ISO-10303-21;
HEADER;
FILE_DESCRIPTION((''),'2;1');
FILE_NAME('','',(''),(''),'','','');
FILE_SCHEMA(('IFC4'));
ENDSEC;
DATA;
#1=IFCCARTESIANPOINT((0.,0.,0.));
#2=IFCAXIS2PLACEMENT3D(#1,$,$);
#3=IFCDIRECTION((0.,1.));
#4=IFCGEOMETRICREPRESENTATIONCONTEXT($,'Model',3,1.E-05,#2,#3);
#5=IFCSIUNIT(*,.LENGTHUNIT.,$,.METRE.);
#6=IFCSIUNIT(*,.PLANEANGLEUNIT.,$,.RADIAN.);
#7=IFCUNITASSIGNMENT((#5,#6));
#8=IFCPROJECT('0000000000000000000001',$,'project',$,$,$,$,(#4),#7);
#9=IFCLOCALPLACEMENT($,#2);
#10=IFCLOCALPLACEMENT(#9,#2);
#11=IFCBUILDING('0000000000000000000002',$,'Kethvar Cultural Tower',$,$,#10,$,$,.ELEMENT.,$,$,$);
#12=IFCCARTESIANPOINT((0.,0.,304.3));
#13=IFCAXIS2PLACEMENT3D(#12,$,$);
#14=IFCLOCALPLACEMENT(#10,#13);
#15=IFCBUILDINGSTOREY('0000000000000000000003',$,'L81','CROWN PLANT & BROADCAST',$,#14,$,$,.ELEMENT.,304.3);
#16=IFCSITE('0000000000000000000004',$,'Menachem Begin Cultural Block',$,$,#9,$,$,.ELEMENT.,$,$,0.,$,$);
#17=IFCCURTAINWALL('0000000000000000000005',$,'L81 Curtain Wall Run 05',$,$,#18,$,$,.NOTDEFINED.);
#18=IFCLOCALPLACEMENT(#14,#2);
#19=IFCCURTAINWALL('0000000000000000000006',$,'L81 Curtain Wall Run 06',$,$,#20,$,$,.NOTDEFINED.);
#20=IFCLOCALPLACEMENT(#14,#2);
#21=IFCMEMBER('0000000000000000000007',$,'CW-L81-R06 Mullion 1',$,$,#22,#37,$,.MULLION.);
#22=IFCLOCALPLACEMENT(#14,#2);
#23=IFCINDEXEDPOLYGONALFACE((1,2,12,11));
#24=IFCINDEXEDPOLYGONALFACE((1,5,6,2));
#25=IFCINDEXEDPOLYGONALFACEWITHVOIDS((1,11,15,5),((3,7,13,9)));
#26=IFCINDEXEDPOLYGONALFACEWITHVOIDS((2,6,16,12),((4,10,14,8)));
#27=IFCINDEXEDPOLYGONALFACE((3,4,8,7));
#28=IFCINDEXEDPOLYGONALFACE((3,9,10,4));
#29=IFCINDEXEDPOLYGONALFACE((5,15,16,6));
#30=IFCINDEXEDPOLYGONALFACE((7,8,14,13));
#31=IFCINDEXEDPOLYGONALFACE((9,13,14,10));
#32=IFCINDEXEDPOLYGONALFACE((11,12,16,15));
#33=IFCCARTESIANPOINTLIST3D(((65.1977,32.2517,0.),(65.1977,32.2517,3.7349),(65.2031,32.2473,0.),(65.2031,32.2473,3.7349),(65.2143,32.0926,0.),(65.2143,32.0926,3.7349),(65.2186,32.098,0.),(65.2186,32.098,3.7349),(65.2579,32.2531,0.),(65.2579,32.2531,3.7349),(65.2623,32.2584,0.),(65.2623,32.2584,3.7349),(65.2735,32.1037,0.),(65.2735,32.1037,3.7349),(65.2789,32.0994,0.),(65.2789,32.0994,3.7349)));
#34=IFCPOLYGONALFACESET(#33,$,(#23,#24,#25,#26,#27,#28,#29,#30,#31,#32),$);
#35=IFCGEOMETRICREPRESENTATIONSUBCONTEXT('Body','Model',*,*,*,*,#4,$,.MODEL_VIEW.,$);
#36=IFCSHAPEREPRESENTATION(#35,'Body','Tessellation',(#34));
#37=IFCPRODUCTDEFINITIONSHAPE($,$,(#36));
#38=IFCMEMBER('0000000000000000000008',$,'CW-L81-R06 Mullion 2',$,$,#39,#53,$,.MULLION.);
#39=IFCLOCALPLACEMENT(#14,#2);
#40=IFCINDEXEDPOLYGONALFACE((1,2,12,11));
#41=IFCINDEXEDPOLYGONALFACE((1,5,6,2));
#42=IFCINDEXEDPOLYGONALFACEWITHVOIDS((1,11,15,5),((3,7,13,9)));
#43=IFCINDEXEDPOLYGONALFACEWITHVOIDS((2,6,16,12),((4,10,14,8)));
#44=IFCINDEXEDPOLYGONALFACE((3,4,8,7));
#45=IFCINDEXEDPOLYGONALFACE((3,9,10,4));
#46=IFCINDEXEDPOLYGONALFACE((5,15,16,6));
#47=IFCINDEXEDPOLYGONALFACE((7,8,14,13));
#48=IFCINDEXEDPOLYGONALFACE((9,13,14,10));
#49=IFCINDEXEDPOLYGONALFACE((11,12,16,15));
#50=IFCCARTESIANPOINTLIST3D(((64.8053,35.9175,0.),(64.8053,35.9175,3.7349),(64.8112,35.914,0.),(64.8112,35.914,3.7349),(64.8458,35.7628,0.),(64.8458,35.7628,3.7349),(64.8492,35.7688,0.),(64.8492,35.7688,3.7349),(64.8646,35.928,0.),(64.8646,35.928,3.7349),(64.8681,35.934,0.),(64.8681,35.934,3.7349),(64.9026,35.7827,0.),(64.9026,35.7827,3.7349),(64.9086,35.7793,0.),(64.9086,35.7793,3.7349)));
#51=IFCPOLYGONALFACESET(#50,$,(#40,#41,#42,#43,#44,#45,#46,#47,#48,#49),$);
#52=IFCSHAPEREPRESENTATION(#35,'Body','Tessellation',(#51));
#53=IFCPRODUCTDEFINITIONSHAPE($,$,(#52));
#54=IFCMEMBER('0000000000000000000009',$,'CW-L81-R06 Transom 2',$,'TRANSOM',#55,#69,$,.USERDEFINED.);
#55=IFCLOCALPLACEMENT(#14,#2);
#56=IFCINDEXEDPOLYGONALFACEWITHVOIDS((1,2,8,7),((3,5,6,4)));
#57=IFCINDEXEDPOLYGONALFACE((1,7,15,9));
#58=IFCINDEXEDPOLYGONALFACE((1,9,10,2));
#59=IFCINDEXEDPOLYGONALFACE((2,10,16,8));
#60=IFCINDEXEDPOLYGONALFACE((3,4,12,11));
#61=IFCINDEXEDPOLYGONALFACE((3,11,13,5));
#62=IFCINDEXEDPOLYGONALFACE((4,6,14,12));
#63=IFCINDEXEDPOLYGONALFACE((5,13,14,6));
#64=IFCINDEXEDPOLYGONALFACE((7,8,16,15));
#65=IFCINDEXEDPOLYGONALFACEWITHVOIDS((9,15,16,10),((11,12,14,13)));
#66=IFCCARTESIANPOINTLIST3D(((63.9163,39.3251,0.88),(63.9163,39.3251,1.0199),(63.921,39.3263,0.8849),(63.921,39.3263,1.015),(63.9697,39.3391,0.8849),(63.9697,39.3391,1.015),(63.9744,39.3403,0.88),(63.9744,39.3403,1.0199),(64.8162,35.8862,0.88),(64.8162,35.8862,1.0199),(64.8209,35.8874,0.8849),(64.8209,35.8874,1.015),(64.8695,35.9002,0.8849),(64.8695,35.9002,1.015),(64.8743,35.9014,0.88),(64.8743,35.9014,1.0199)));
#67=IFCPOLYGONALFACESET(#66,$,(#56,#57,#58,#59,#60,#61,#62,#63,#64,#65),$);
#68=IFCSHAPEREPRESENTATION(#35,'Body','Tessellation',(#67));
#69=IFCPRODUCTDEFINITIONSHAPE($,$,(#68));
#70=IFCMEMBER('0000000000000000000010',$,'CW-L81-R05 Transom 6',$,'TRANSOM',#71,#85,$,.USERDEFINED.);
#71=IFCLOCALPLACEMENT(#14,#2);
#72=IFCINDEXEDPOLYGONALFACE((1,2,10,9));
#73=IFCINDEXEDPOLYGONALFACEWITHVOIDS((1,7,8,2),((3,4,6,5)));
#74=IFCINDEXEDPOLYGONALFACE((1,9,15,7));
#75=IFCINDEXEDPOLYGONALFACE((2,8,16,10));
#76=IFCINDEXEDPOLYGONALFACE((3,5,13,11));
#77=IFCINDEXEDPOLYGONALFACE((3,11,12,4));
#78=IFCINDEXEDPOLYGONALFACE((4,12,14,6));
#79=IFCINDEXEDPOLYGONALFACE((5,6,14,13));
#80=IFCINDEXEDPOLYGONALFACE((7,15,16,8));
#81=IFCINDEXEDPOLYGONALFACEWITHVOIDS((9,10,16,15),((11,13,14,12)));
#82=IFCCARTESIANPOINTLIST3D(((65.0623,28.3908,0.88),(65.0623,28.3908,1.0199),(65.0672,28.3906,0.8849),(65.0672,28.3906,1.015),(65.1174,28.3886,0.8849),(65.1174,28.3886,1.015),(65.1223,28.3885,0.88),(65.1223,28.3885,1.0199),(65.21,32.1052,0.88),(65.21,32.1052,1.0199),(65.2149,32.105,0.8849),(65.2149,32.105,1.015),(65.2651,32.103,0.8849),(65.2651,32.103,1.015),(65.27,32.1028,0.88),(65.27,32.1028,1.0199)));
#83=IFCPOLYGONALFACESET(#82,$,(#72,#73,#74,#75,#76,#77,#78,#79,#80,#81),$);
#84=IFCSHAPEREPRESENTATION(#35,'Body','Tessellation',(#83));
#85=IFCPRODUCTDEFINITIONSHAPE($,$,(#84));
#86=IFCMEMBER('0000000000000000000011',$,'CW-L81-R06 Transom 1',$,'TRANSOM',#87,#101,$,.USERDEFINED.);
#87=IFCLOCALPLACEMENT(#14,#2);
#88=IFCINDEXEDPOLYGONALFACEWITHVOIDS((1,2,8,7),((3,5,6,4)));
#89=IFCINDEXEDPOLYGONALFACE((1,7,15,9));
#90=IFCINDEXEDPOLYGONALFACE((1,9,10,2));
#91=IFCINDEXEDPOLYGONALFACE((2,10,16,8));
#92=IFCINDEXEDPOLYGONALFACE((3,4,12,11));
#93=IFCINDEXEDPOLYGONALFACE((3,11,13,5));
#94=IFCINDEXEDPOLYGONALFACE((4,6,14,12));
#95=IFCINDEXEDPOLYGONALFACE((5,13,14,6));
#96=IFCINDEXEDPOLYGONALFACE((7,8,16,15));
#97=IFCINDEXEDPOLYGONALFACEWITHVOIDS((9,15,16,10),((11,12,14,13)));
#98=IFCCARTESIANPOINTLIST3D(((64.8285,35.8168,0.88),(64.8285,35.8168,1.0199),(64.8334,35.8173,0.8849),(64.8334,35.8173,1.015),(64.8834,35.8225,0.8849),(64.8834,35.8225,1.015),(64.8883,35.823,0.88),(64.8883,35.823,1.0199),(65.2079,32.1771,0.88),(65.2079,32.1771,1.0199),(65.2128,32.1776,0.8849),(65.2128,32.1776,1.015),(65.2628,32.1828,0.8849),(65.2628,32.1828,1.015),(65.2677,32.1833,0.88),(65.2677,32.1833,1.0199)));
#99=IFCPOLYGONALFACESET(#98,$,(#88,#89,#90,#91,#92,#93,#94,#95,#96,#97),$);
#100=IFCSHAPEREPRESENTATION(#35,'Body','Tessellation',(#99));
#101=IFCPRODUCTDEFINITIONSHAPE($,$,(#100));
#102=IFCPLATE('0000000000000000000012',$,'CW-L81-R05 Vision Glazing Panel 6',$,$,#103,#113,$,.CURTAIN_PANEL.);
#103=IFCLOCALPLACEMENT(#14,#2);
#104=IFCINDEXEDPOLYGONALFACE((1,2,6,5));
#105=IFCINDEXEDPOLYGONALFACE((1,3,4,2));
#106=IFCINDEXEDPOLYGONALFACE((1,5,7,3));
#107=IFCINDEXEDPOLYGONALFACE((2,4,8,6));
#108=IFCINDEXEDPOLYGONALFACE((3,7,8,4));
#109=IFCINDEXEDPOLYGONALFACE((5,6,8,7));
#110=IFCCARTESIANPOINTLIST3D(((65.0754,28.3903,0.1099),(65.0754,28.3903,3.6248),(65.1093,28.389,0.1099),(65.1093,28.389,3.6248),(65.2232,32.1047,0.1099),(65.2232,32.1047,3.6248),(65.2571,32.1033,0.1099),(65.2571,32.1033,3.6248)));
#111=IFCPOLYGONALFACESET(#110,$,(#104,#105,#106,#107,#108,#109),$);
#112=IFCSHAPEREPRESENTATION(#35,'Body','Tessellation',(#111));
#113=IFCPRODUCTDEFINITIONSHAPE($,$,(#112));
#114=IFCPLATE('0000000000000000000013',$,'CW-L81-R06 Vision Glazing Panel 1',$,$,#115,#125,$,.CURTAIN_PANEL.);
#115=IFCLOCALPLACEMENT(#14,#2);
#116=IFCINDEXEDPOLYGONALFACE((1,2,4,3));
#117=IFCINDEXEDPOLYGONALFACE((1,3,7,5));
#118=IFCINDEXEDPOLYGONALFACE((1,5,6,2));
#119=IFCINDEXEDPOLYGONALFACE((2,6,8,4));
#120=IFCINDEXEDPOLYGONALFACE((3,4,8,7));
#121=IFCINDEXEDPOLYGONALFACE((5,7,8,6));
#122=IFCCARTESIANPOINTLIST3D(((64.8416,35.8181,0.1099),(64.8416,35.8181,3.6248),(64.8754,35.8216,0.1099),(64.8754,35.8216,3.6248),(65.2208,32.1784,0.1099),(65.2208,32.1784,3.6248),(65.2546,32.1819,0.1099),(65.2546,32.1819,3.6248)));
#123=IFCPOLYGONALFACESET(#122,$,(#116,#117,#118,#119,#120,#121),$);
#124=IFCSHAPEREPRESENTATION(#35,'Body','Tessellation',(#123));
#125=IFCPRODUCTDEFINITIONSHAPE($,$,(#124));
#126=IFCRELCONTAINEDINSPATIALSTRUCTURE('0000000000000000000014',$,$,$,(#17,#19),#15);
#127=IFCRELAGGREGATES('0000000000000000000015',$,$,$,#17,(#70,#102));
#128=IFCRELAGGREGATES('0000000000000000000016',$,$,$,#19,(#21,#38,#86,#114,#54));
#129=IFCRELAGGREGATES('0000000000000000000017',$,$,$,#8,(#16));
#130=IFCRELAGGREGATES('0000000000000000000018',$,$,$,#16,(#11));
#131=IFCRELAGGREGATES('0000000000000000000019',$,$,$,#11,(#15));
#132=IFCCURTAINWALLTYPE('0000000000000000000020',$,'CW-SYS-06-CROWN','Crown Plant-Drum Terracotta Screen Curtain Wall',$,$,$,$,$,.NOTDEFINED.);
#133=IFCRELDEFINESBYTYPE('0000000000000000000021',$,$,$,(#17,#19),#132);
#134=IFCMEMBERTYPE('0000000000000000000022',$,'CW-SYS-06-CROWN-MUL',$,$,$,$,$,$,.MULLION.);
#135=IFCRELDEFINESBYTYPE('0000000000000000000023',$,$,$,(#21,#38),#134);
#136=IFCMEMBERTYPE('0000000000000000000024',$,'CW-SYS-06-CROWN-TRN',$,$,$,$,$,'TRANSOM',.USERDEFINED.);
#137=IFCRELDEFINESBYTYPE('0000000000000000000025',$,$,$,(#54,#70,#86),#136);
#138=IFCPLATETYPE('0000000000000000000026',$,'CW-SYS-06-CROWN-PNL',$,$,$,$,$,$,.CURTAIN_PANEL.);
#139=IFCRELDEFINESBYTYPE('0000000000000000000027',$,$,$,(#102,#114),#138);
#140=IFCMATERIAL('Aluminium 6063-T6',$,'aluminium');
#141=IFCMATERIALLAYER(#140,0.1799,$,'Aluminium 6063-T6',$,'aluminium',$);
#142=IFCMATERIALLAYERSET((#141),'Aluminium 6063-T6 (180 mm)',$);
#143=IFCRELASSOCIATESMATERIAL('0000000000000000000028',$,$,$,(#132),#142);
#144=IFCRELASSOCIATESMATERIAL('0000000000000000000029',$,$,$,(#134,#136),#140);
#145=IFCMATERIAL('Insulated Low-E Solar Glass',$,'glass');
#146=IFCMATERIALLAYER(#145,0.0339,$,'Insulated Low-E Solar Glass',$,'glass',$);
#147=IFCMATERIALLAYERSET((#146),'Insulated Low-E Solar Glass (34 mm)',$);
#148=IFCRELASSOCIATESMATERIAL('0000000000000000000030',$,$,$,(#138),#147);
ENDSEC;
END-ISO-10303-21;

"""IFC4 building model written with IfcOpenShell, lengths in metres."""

from ifc_helpers import new_model, si_unit, direction, frame, origin, origin_2d, place, context, subcontext, project, spatial, rectangle, hollow_rectangle, extrude, source, transform, mapped, material, layer, layer_set, material_profile, profile_set, type_object, element, aggregate, save


model = new_model("IFC4")

# Units and contexts
model_context = context("Model", 3, precision=1e-05, world=origin(), true_north=direction((0.0, 1.0)))
body_context = subcontext(model_context, "Body", "Model", "MODEL_VIEW")
ifc_project = project(units=[si_unit("LENGTHUNIT", "METRE"), si_unit("PLANEANGLEUNIT", "RADIAN")], contexts=[model_context])

# Site, building, storey
site_placement = place(None, origin())
site = spatial("IfcSite", under=ifc_project, at=site_placement, Name="Menachem Begin Cultural Block", CompositionType="ELEMENT", RefElevation=0.0)
building_placement = place(site_placement, origin())
building = spatial("IfcBuilding", under=site, at=building_placement, Name="Kethvar Cultural Tower", CompositionType="ELEMENT")
storey_placement = place(building_placement, frame((0.0, 0.0, 304.3)))
storey = spatial("IfcBuildingStorey", under=building, at=storey_placement, Name="L81", Description="CROWN PLANT & BROADCAST", CompositionType="ELEMENT", Elevation=304.3)

# Curtain walls, members
ifc_material_1 = material(Name="Aluminium 6063-T6", Category="aluminium")
ifc_layer_1 = layer(ifc_material_1, 0.1799, Name="Aluminium 6063-T6", Category="aluminium")
ifc_layer_set_1 = layer_set([ifc_layer_1], Name="Aluminium 6063-T6 (180 mm)")
curtain_wall_type = type_object("IfcCurtainWallType", Name="CW-SYS-06-CROWN", Description="Crown Plant-Drum Terracotta Screen Curtain Wall", PredefinedType="NOTDEFINED", material=ifc_layer_set_1)
curtain_wall_1_placement = place(storey_placement, origin())
curtain_wall_1 = element("IfcCurtainWall", 1, at=curtain_wall_1_placement, inside=storey, type_object=curtain_wall_type, Name="L81 Curtain Wall Run 05", PredefinedType="NOTDEFINED")
ifc_material_profile_1 = material_profile(ifc_material_1, hollow_rectangle(XDim=0.0649, YDim=0.1599, WallThickness=0.0049, at=origin_2d()), Name="Aluminium 6063-T6 — RHS160x65x5")
ifc_profile_set_1 = profile_set([ifc_material_profile_1], Name="Aluminium 6063-T6 — RHS160x65x5")
member_type_1 = type_object("IfcMemberType", Name="CW-SYS-06-CROWN-MUL", PredefinedType="MULLION", material=ifc_profile_set_1)
shared_shape_1 = source(origin(), body_context, "Body", "SweptSolid", [
    extrude(hollow_rectangle(XDim=0.0649, YDim=0.1599, WallThickness=0.0049, at=origin_2d()), origin(), (0.0, 0.0, 1.0), 3.7349),
])
curtain_wall_2_placement = place(storey_placement, origin())
curtain_wall_2 = element("IfcCurtainWall", 2, at=curtain_wall_2_placement, inside=storey, type_object=curtain_wall_type, Name="L81 Curtain Wall Run 06", PredefinedType="NOTDEFINED")
member_1_placement = place(storey_placement, frame((65.2383, 32.1755, 0.0), z_axis=(0.0, 0.0, 1.0), x_axis=(-0.994616, -0.103626, 0.0)))
member_1 = element("IfcMember", 3, at=member_1_placement, type_object=member_type_1, Name="CW-L81-R06 Mullion 1", PredefinedType="MULLION", context=body_context, shape_type="MappedRepresentation", body=[
    mapped(shared_shape_1, transform((0.0, 0.0, 0.0), scale=1.0)),
])
member_2_placement = place(storey_placement, frame((64.8569, 35.8484, 0.0), z_axis=(0.0, 0.0, 1.0), x_axis=(-0.967427, -0.25315, 0.0)))
member_2 = element("IfcMember", 4, at=member_2_placement, type_object=member_type_1, Name="CW-L81-R06 Mullion 2", PredefinedType="MULLION", context=body_context, shape_type="MappedRepresentation", body=[
    mapped(shared_shape_1, transform((0.0, 0.0, 0.0), scale=1.0)),
])
ifc_material_profile_2 = material_profile(ifc_material_1, hollow_rectangle(XDim=0.0601, YDim=0.1399, WallThickness=0.0049, at=origin_2d()), Name="Aluminium 6063-T6 — RHS140x60x5")
ifc_profile_set_2 = profile_set([ifc_material_profile_2], Name="Aluminium 6063-T6 — RHS140x60x5")
member_type_2 = type_object("IfcMemberType", Name="CW-SYS-06-CROWN-TRN", ElementType="TRANSOM", PredefinedType="USERDEFINED", material=ifc_profile_set_2)
shared_shape_2 = source(origin(), body_context, "Body", "SweptSolid", [
    extrude(hollow_rectangle(XDim=0.0601, YDim=0.1399, WallThickness=0.0049, at=origin_2d()), origin(), (0.0, 0.0, 1.0), 3.5547),
])
member_3_placement = place(storey_placement, frame((64.8452, 35.8938, 0.95), z_axis=(-0.253154, 0.967426, 0.0), x_axis=(-0.967426, -0.253154, 0.0)))
member_3 = element("IfcMember", 5, at=member_3_placement, type_object=member_type_2, Name="CW-L81-R06 Transom 2", ObjectType="TRANSOM", PredefinedType="USERDEFINED", context=body_context, shape_type="MappedRepresentation", body=[
    mapped(shared_shape_2, transform((0.0, 0.0, 0.0), scale=1.0)),
])

# Members
shared_shape_3 = source(origin(), body_context, "Body", "SweptSolid", [
    extrude(hollow_rectangle(XDim=0.0601, YDim=0.1399, WallThickness=0.0049, at=origin_2d()), origin(), (0.0, 0.0, 1.0), 3.7173),
])
member_4_placement = place(storey_placement, frame((65.0923, 28.3896, 0.95), z_axis=(0.039735, 0.99921, 0.0), x_axis=(-0.99921, 0.039735, 0.0)))
member_4 = element("IfcMember", 6, at=member_4_placement, type_object=member_type_2, Name="CW-L81-R05 Transom 6", ObjectType="TRANSOM", PredefinedType="USERDEFINED", context=body_context, shape_type="MappedRepresentation", body=[
    mapped(shared_shape_3, transform((0.0, 0.0, 0.0), scale=1.0)),
])
shared_shape_4 = source(origin(), body_context, "Body", "SweptSolid", [
    extrude(hollow_rectangle(XDim=0.0601, YDim=0.1399, WallThickness=0.0049, at=origin_2d()), origin(), (0.0, 0.0, 1.0), 3.6594),
])
member_5_placement = place(storey_placement, frame((65.2378, 32.1802, 0.95), z_axis=(-0.103678, 0.994611, 0.0), x_axis=(-0.994611, -0.103678, 0.0)))
member_5 = element("IfcMember", 7, at=member_5_placement, type_object=member_type_2, Name="CW-L81-R06 Transom 1", ObjectType="TRANSOM", PredefinedType="USERDEFINED", context=body_context, shape_type="MappedRepresentation", body=[
    mapped(shared_shape_4, transform((0.0, 0.0, 0.0), scale=1.0)),
])

# Plates
ifc_material_2 = material(Name="Insulated Low-E Solar Glass", Category="glass")
ifc_layer_2 = layer(ifc_material_2, 0.0339, Name="Insulated Low-E Solar Glass", Category="glass")
ifc_layer_set_2 = layer_set([ifc_layer_2], Name="Insulated Low-E Solar Glass (34 mm)")
plate_type = type_object("IfcPlateType", Name="CW-SYS-06-CROWN-PNL", PredefinedType="CURTAIN_PANEL", material=ifc_layer_set_2)
shared_shape_5 = source(origin(), body_context, "Body", "SweptSolid", [
    extrude(rectangle(XDim=3.7173, YDim=0.0339, at=origin_2d()), origin(), (0.0, 0.0, 1.0), 3.5149),
])
plate_1_placement = place(storey_placement, frame((65.1663, 30.2468, 0.1099), z_axis=(0.0, 0.0, 1.0), x_axis=(0.039748, 0.99921, 0.0)))
plate_1 = element("IfcPlate", 8, at=plate_1_placement, type_object=plate_type, Name="CW-L81-R05 Vision Glazing Panel 6", PredefinedType="CURTAIN_PANEL", context=body_context, shape_type="MappedRepresentation", body=[
    mapped(shared_shape_5, transform((0.0, 0.0, 0.0), scale=1.0)),
])
aggregate(curtain_wall_1, [member_4, plate_1])
shared_shape_6 = source(origin(), body_context, "Body", "SweptSolid", [
    extrude(rectangle(XDim=3.6594, YDim=0.0339, at=origin_2d()), origin(), (0.0, 0.0, 1.0), 3.5149),
])
plate_2_placement = place(storey_placement, frame((65.0481, 34.0, 0.1099), z_axis=(0.0, 0.0, 1.0), x_axis=(-0.103626, 0.994616, 0.0)))
plate_2 = element("IfcPlate", 9, at=plate_2_placement, type_object=plate_type, Name="CW-L81-R06 Vision Glazing Panel 1", PredefinedType="CURTAIN_PANEL", context=body_context, shape_type="MappedRepresentation", body=[
    mapped(shared_shape_6, transform((0.0, 0.0, 0.0), scale=1.0)),
])
aggregate(curtain_wall_2, [member_1, member_2, member_5, plate_2, member_3])

save(model, "model.ifc")
